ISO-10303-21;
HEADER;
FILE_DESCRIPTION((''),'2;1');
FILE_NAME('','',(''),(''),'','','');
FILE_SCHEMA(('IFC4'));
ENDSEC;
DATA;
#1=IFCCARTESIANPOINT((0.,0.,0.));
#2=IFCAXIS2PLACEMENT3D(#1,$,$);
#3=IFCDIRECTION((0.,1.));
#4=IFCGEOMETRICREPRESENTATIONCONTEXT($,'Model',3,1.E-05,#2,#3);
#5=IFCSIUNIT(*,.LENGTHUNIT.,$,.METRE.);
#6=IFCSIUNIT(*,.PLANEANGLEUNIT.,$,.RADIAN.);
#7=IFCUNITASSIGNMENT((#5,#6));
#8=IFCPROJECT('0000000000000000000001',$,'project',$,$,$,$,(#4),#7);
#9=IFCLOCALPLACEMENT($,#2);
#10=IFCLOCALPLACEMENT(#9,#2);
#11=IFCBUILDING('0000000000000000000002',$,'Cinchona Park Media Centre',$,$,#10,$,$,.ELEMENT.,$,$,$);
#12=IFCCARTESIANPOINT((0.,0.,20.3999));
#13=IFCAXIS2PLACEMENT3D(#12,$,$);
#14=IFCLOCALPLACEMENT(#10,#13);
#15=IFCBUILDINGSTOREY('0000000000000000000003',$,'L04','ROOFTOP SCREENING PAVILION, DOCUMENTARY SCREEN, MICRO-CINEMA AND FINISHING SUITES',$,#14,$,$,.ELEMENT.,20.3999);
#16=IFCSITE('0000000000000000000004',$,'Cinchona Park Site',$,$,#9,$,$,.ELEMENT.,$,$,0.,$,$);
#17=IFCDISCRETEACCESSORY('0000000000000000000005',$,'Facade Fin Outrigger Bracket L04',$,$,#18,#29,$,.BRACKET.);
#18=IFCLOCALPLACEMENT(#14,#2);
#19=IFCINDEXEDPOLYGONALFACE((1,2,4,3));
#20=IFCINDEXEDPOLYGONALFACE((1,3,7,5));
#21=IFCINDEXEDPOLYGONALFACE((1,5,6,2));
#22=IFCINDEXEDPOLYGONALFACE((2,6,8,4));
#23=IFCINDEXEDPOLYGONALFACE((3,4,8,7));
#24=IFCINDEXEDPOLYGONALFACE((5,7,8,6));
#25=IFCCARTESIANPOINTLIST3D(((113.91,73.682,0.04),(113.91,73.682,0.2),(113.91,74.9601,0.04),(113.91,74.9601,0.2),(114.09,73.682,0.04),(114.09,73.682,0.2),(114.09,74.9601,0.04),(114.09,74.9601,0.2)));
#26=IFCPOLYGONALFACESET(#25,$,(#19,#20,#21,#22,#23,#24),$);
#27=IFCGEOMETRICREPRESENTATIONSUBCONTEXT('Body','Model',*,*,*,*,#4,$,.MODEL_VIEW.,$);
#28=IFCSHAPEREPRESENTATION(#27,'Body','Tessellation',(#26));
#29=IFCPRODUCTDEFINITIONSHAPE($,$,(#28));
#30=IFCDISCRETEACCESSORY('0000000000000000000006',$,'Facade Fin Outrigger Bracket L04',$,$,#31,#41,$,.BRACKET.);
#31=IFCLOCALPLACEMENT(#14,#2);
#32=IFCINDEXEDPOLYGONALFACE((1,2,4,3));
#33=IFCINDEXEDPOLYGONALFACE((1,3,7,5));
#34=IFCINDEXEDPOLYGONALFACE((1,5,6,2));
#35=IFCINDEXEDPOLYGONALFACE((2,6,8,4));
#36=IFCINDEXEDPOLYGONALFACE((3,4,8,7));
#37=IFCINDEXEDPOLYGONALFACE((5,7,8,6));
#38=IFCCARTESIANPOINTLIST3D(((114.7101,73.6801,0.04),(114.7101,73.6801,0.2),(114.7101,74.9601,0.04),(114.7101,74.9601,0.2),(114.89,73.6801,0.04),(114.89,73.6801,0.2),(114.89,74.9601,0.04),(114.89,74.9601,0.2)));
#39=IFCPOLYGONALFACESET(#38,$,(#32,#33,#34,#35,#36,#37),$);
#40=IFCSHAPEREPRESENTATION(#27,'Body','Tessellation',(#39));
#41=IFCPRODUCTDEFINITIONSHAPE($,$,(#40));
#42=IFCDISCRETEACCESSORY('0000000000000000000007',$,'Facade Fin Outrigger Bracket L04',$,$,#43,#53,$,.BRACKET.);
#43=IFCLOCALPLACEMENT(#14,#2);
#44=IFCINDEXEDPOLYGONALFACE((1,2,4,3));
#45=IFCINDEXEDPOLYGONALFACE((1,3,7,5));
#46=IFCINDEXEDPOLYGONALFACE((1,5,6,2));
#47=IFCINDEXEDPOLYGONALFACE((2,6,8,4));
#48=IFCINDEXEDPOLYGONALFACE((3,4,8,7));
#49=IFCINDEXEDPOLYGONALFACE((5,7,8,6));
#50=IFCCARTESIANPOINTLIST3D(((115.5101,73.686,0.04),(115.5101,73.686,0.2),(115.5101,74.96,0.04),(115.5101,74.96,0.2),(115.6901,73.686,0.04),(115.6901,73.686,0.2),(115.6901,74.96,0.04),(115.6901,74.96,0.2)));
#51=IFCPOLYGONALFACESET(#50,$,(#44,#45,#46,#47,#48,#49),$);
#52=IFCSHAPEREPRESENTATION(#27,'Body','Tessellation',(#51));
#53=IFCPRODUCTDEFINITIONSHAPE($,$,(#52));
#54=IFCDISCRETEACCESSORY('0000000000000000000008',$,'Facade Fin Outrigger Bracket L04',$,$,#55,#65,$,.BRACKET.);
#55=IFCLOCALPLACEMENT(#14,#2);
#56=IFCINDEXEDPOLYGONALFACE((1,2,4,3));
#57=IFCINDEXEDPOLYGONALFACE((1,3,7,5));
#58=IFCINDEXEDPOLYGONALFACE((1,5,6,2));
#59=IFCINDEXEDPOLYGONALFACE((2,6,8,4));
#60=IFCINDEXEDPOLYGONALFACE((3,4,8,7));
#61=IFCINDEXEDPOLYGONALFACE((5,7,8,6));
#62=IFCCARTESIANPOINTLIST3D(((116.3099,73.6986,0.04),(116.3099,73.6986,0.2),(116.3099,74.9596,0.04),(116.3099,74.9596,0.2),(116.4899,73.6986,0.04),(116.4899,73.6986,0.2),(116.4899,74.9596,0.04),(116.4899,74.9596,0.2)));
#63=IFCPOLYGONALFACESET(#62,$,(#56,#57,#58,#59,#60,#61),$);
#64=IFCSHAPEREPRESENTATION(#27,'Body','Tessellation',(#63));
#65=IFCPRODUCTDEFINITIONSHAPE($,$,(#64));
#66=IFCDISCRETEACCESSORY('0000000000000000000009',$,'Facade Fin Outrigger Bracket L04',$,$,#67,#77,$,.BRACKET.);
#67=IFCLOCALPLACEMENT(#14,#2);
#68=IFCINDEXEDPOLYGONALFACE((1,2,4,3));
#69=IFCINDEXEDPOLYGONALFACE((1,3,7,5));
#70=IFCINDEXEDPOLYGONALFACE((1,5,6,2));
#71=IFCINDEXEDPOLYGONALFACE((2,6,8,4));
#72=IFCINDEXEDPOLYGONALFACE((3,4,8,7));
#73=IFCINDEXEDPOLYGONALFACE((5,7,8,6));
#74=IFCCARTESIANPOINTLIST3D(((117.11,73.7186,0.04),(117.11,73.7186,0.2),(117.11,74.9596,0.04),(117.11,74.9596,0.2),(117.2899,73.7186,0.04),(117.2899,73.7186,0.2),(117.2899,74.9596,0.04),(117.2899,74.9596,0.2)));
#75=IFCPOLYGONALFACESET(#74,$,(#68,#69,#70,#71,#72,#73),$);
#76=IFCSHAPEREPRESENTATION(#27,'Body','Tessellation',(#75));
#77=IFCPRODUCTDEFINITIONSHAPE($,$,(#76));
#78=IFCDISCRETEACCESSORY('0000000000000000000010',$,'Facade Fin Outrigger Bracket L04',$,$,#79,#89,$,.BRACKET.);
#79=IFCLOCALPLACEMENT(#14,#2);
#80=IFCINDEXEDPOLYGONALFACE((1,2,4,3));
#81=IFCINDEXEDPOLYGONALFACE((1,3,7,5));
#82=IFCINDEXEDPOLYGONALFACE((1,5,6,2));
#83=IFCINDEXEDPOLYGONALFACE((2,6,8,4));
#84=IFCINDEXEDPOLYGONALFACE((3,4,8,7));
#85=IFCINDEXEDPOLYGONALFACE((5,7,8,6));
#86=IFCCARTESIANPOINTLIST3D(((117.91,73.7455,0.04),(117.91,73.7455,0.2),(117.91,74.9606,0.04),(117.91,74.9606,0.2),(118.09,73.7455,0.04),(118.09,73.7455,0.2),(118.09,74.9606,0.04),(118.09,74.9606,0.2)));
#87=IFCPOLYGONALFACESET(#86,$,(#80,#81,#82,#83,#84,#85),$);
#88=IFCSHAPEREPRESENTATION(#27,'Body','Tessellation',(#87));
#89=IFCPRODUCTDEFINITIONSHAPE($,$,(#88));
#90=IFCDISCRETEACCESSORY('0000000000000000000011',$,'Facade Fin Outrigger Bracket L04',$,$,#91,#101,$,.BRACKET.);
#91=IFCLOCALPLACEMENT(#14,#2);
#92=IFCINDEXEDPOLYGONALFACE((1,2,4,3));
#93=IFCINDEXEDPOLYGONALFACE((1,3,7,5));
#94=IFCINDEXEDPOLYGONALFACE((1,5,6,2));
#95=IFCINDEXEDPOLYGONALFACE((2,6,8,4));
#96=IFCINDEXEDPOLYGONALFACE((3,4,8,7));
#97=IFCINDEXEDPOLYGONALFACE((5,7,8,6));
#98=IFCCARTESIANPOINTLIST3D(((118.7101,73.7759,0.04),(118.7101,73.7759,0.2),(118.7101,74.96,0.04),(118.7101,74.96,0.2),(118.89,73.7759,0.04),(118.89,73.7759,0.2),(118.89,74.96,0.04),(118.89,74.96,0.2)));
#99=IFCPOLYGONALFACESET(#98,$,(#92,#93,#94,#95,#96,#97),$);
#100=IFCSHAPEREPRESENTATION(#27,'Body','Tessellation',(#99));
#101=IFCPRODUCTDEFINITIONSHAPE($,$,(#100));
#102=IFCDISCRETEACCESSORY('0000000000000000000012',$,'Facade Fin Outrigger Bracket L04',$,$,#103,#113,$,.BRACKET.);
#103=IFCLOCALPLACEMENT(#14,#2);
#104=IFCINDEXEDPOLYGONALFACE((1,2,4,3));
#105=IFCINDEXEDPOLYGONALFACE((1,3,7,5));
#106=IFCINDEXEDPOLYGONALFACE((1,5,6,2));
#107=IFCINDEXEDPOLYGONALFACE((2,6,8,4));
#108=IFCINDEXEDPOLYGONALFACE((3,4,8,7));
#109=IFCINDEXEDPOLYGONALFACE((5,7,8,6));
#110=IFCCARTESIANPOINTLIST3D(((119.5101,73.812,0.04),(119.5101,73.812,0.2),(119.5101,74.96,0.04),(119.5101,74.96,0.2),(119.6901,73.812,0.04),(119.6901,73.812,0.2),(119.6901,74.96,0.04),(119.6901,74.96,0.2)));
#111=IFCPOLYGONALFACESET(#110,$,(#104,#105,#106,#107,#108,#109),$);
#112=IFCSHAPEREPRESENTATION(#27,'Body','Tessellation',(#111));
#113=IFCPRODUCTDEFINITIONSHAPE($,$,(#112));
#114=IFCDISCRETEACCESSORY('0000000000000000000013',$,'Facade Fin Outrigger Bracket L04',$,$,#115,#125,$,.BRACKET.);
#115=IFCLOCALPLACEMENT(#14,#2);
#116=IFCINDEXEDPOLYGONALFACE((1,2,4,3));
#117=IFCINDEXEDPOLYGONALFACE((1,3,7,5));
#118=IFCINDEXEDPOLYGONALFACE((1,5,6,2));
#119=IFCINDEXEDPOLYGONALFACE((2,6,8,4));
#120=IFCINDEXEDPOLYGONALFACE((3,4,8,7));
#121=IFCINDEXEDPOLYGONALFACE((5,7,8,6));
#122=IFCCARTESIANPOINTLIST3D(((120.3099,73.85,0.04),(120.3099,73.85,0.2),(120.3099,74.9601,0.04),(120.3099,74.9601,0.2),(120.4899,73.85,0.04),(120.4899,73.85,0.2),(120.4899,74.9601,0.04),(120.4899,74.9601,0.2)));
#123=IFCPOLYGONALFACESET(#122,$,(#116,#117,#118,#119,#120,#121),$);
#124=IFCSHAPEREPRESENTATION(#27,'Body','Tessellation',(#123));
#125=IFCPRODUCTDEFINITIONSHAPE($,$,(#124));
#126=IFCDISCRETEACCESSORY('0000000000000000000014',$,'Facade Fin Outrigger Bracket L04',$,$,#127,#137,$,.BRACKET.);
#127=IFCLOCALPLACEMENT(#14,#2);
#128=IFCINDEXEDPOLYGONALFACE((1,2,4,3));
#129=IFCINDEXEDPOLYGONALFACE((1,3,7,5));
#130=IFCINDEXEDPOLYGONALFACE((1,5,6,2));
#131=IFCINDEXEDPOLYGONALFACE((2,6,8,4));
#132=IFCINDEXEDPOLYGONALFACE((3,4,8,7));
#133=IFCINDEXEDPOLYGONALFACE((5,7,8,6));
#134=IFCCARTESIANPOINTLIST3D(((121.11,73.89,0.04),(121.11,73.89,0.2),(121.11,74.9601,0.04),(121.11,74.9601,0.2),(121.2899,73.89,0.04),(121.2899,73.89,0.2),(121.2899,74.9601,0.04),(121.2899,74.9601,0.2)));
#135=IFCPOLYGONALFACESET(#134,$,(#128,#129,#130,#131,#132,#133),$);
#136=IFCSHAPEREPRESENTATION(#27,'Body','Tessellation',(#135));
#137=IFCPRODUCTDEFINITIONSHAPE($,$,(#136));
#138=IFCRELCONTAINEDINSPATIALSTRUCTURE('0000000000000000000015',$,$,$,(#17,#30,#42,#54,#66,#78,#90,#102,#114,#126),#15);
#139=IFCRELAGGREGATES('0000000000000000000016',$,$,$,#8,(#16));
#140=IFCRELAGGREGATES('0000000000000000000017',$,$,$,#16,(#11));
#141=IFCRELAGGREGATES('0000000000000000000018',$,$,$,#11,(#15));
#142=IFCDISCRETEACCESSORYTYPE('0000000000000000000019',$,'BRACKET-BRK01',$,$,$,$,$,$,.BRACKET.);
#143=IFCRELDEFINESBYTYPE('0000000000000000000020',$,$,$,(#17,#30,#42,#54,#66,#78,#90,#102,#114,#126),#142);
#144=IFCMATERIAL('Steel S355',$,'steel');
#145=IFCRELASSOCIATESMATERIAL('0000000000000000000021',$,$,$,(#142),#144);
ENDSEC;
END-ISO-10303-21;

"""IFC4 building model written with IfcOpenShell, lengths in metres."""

from ifc_helpers import new_model, si_unit, direction, frame, origin, origin_2d, place, context, subcontext, project, spatial, rectangle, extrude, material, type_object, element, save


model = new_model("IFC4")

# Units and contexts
model_context = context("Model", 3, precision=1e-05, world=origin(), true_north=direction((0.0, 1.0)))
body_context = subcontext(model_context, "Body", "Model", "MODEL_VIEW")
ifc_project = project(units=[si_unit("LENGTHUNIT", "METRE"), si_unit("PLANEANGLEUNIT", "RADIAN")], contexts=[model_context])

# Site, building, storey
site_placement = place(None, origin())
site = spatial("IfcSite", under=ifc_project, at=site_placement, Name="Cinchona Park Site", CompositionType="ELEMENT", RefElevation=0.0)
building_placement = place(site_placement, origin())
building = spatial("IfcBuilding", under=site, at=building_placement, Name="Cinchona Park Media Centre", CompositionType="ELEMENT")
storey_placement = place(building_placement, frame((0.0, 0.0, 20.3999)))
storey = spatial("IfcBuildingStorey", under=building, at=storey_placement, Name="L04", Description="ROOFTOP SCREENING PAVILION, DOCUMENTARY SCREEN, MICRO-CINEMA AND FINISHING SUITES", CompositionType="ELEMENT", Elevation=20.3999)

# Discrete accessories
ifc_material_1 = material(Name="Steel S355", Category="steel")
discrete_accessory_type = type_object("IfcDiscreteAccessoryType", Name="BRACKET-BRK01", PredefinedType="BRACKET", material=ifc_material_1)
discrete_accessory_1_placement = place(storey_placement, frame((114.0, 74.321, 0.04), z_axis=(0.0, 0.0, 1.0), x_axis=(1.0, 0.0, 0.0)))
element("IfcDiscreteAccessory", 1, at=discrete_accessory_1_placement, inside=storey, type_object=discrete_accessory_type, Name="Facade Fin Outrigger Bracket L04", PredefinedType="BRACKET", context=body_context, shape_type="SweptSolid", body=[
    extrude(rectangle(XDim=0.1799, YDim=1.2781, at=origin_2d()), origin(), (0.0, 0.0, 1.0), 0.1599),
])
discrete_accessory_2_placement = place(storey_placement, frame((114.8, 74.3201, 0.04), z_axis=(0.0, 0.0, 1.0), x_axis=(1.0, 0.0, 0.0)))
element("IfcDiscreteAccessory", 2, at=discrete_accessory_2_placement, inside=storey, type_object=discrete_accessory_type, Name="Facade Fin Outrigger Bracket L04", PredefinedType="BRACKET", context=body_context, shape_type="SweptSolid", body=[
    extrude(rectangle(XDim=0.1799, YDim=1.28, at=origin_2d()), origin(), (0.0, 0.0, 1.0), 0.1599),
])
discrete_accessory_3_placement = place(storey_placement, frame((115.6001, 74.323, 0.04), z_axis=(0.0, 0.0, 1.0), x_axis=(1.0, 0.0, 0.0)))
element("IfcDiscreteAccessory", 3, at=discrete_accessory_3_placement, inside=storey, type_object=discrete_accessory_type, Name="Facade Fin Outrigger Bracket L04", PredefinedType="BRACKET", context=body_context, shape_type="SweptSolid", body=[
    extrude(rectangle(XDim=0.1799, YDim=1.2739, at=origin_2d()), origin(), (0.0, 0.0, 1.0), 0.1599),
])
discrete_accessory_4_placement = place(storey_placement, frame((116.3999, 74.3291, 0.04), z_axis=(0.0, 0.0, 1.0), x_axis=(1.0, 0.0, 0.0)))
element("IfcDiscreteAccessory", 4, at=discrete_accessory_4_placement, inside=storey, type_object=discrete_accessory_type, Name="Facade Fin Outrigger Bracket L04", PredefinedType="BRACKET", context=body_context, shape_type="SweptSolid", body=[
    extrude(rectangle(XDim=0.1799, YDim=1.261, at=origin_2d()), origin(), (0.0, 0.0, 1.0), 0.1599),
])
discrete_accessory_5_placement = place(storey_placement, frame((117.2, 74.3391, 0.04), z_axis=(0.0, 0.0, 1.0), x_axis=(1.0, 0.0, 0.0)))
element("IfcDiscreteAccessory", 5, at=discrete_accessory_5_placement, inside=storey, type_object=discrete_accessory_type, Name="Facade Fin Outrigger Bracket L04", PredefinedType="BRACKET", context=body_context, shape_type="SweptSolid", body=[
    extrude(rectangle(XDim=0.1799, YDim=1.241, at=origin_2d()), origin(), (0.0, 0.0, 1.0), 0.1599),
])
discrete_accessory_6_placement = place(storey_placement, frame((118.0, 74.353, 0.04), z_axis=(0.0, 0.0, 1.0), x_axis=(1.0, 0.0, 0.0)))
element("IfcDiscreteAccessory", 6, at=discrete_accessory_6_placement, inside=storey, type_object=discrete_accessory_type, Name="Facade Fin Outrigger Bracket L04", PredefinedType="BRACKET", context=body_context, shape_type="SweptSolid", body=[
    extrude(rectangle(XDim=0.1799, YDim=1.2151, at=origin_2d()), origin(), (0.0, 0.0, 1.0), 0.1599),
])
discrete_accessory_7_placement = place(storey_placement, frame((118.8, 74.3679, 0.04), z_axis=(0.0, 0.0, 1.0), x_axis=(1.0, 0.0, 0.0)))
element("IfcDiscreteAccessory", 7, at=discrete_accessory_7_placement, inside=storey, type_object=discrete_accessory_type, Name="Facade Fin Outrigger Bracket L04", PredefinedType="BRACKET", context=body_context, shape_type="SweptSolid", body=[
    extrude(rectangle(XDim=0.1799, YDim=1.1841, at=origin_2d()), origin(), (0.0, 0.0, 1.0), 0.1599),
])
discrete_accessory_8_placement = place(storey_placement, frame((119.6001, 74.386, 0.04), z_axis=(0.0, 0.0, 1.0), x_axis=(1.0, 0.0, 0.0)))
element("IfcDiscreteAccessory", 8, at=discrete_accessory_8_placement, inside=storey, type_object=discrete_accessory_type, Name="Facade Fin Outrigger Bracket L04", PredefinedType="BRACKET", context=body_context, shape_type="SweptSolid", body=[
    extrude(rectangle(XDim=0.1799, YDim=1.1479, at=origin_2d()), origin(), (0.0, 0.0, 1.0), 0.1599),
])
discrete_accessory_9_placement = place(storey_placement, frame((120.3999, 74.405, 0.04), z_axis=(0.0, 0.0, 1.0), x_axis=(1.0, 0.0, 0.0)))
element("IfcDiscreteAccessory", 9, at=discrete_accessory_9_placement, inside=storey, type_object=discrete_accessory_type, Name="Facade Fin Outrigger Bracket L04", PredefinedType="BRACKET", context=body_context, shape_type="SweptSolid", body=[
    extrude(rectangle(XDim=0.1799, YDim=1.1101, at=origin_2d()), origin(), (0.0, 0.0, 1.0), 0.1599),
])
discrete_accessory_10_placement = place(storey_placement, frame((121.2, 74.425, 0.04), z_axis=(0.0, 0.0, 1.0), x_axis=(1.0, 0.0, 0.0)))
element("IfcDiscreteAccessory", 10, at=discrete_accessory_10_placement, inside=storey, type_object=discrete_accessory_type, Name="Facade Fin Outrigger Bracket L04", PredefinedType="BRACKET", context=body_context, shape_type="SweptSolid", body=[
    extrude(rectangle(XDim=0.1799, YDim=1.0701, at=origin_2d()), origin(), (0.0, 0.0, 1.0), 0.1599),
])

save(model, "model.ifc")
